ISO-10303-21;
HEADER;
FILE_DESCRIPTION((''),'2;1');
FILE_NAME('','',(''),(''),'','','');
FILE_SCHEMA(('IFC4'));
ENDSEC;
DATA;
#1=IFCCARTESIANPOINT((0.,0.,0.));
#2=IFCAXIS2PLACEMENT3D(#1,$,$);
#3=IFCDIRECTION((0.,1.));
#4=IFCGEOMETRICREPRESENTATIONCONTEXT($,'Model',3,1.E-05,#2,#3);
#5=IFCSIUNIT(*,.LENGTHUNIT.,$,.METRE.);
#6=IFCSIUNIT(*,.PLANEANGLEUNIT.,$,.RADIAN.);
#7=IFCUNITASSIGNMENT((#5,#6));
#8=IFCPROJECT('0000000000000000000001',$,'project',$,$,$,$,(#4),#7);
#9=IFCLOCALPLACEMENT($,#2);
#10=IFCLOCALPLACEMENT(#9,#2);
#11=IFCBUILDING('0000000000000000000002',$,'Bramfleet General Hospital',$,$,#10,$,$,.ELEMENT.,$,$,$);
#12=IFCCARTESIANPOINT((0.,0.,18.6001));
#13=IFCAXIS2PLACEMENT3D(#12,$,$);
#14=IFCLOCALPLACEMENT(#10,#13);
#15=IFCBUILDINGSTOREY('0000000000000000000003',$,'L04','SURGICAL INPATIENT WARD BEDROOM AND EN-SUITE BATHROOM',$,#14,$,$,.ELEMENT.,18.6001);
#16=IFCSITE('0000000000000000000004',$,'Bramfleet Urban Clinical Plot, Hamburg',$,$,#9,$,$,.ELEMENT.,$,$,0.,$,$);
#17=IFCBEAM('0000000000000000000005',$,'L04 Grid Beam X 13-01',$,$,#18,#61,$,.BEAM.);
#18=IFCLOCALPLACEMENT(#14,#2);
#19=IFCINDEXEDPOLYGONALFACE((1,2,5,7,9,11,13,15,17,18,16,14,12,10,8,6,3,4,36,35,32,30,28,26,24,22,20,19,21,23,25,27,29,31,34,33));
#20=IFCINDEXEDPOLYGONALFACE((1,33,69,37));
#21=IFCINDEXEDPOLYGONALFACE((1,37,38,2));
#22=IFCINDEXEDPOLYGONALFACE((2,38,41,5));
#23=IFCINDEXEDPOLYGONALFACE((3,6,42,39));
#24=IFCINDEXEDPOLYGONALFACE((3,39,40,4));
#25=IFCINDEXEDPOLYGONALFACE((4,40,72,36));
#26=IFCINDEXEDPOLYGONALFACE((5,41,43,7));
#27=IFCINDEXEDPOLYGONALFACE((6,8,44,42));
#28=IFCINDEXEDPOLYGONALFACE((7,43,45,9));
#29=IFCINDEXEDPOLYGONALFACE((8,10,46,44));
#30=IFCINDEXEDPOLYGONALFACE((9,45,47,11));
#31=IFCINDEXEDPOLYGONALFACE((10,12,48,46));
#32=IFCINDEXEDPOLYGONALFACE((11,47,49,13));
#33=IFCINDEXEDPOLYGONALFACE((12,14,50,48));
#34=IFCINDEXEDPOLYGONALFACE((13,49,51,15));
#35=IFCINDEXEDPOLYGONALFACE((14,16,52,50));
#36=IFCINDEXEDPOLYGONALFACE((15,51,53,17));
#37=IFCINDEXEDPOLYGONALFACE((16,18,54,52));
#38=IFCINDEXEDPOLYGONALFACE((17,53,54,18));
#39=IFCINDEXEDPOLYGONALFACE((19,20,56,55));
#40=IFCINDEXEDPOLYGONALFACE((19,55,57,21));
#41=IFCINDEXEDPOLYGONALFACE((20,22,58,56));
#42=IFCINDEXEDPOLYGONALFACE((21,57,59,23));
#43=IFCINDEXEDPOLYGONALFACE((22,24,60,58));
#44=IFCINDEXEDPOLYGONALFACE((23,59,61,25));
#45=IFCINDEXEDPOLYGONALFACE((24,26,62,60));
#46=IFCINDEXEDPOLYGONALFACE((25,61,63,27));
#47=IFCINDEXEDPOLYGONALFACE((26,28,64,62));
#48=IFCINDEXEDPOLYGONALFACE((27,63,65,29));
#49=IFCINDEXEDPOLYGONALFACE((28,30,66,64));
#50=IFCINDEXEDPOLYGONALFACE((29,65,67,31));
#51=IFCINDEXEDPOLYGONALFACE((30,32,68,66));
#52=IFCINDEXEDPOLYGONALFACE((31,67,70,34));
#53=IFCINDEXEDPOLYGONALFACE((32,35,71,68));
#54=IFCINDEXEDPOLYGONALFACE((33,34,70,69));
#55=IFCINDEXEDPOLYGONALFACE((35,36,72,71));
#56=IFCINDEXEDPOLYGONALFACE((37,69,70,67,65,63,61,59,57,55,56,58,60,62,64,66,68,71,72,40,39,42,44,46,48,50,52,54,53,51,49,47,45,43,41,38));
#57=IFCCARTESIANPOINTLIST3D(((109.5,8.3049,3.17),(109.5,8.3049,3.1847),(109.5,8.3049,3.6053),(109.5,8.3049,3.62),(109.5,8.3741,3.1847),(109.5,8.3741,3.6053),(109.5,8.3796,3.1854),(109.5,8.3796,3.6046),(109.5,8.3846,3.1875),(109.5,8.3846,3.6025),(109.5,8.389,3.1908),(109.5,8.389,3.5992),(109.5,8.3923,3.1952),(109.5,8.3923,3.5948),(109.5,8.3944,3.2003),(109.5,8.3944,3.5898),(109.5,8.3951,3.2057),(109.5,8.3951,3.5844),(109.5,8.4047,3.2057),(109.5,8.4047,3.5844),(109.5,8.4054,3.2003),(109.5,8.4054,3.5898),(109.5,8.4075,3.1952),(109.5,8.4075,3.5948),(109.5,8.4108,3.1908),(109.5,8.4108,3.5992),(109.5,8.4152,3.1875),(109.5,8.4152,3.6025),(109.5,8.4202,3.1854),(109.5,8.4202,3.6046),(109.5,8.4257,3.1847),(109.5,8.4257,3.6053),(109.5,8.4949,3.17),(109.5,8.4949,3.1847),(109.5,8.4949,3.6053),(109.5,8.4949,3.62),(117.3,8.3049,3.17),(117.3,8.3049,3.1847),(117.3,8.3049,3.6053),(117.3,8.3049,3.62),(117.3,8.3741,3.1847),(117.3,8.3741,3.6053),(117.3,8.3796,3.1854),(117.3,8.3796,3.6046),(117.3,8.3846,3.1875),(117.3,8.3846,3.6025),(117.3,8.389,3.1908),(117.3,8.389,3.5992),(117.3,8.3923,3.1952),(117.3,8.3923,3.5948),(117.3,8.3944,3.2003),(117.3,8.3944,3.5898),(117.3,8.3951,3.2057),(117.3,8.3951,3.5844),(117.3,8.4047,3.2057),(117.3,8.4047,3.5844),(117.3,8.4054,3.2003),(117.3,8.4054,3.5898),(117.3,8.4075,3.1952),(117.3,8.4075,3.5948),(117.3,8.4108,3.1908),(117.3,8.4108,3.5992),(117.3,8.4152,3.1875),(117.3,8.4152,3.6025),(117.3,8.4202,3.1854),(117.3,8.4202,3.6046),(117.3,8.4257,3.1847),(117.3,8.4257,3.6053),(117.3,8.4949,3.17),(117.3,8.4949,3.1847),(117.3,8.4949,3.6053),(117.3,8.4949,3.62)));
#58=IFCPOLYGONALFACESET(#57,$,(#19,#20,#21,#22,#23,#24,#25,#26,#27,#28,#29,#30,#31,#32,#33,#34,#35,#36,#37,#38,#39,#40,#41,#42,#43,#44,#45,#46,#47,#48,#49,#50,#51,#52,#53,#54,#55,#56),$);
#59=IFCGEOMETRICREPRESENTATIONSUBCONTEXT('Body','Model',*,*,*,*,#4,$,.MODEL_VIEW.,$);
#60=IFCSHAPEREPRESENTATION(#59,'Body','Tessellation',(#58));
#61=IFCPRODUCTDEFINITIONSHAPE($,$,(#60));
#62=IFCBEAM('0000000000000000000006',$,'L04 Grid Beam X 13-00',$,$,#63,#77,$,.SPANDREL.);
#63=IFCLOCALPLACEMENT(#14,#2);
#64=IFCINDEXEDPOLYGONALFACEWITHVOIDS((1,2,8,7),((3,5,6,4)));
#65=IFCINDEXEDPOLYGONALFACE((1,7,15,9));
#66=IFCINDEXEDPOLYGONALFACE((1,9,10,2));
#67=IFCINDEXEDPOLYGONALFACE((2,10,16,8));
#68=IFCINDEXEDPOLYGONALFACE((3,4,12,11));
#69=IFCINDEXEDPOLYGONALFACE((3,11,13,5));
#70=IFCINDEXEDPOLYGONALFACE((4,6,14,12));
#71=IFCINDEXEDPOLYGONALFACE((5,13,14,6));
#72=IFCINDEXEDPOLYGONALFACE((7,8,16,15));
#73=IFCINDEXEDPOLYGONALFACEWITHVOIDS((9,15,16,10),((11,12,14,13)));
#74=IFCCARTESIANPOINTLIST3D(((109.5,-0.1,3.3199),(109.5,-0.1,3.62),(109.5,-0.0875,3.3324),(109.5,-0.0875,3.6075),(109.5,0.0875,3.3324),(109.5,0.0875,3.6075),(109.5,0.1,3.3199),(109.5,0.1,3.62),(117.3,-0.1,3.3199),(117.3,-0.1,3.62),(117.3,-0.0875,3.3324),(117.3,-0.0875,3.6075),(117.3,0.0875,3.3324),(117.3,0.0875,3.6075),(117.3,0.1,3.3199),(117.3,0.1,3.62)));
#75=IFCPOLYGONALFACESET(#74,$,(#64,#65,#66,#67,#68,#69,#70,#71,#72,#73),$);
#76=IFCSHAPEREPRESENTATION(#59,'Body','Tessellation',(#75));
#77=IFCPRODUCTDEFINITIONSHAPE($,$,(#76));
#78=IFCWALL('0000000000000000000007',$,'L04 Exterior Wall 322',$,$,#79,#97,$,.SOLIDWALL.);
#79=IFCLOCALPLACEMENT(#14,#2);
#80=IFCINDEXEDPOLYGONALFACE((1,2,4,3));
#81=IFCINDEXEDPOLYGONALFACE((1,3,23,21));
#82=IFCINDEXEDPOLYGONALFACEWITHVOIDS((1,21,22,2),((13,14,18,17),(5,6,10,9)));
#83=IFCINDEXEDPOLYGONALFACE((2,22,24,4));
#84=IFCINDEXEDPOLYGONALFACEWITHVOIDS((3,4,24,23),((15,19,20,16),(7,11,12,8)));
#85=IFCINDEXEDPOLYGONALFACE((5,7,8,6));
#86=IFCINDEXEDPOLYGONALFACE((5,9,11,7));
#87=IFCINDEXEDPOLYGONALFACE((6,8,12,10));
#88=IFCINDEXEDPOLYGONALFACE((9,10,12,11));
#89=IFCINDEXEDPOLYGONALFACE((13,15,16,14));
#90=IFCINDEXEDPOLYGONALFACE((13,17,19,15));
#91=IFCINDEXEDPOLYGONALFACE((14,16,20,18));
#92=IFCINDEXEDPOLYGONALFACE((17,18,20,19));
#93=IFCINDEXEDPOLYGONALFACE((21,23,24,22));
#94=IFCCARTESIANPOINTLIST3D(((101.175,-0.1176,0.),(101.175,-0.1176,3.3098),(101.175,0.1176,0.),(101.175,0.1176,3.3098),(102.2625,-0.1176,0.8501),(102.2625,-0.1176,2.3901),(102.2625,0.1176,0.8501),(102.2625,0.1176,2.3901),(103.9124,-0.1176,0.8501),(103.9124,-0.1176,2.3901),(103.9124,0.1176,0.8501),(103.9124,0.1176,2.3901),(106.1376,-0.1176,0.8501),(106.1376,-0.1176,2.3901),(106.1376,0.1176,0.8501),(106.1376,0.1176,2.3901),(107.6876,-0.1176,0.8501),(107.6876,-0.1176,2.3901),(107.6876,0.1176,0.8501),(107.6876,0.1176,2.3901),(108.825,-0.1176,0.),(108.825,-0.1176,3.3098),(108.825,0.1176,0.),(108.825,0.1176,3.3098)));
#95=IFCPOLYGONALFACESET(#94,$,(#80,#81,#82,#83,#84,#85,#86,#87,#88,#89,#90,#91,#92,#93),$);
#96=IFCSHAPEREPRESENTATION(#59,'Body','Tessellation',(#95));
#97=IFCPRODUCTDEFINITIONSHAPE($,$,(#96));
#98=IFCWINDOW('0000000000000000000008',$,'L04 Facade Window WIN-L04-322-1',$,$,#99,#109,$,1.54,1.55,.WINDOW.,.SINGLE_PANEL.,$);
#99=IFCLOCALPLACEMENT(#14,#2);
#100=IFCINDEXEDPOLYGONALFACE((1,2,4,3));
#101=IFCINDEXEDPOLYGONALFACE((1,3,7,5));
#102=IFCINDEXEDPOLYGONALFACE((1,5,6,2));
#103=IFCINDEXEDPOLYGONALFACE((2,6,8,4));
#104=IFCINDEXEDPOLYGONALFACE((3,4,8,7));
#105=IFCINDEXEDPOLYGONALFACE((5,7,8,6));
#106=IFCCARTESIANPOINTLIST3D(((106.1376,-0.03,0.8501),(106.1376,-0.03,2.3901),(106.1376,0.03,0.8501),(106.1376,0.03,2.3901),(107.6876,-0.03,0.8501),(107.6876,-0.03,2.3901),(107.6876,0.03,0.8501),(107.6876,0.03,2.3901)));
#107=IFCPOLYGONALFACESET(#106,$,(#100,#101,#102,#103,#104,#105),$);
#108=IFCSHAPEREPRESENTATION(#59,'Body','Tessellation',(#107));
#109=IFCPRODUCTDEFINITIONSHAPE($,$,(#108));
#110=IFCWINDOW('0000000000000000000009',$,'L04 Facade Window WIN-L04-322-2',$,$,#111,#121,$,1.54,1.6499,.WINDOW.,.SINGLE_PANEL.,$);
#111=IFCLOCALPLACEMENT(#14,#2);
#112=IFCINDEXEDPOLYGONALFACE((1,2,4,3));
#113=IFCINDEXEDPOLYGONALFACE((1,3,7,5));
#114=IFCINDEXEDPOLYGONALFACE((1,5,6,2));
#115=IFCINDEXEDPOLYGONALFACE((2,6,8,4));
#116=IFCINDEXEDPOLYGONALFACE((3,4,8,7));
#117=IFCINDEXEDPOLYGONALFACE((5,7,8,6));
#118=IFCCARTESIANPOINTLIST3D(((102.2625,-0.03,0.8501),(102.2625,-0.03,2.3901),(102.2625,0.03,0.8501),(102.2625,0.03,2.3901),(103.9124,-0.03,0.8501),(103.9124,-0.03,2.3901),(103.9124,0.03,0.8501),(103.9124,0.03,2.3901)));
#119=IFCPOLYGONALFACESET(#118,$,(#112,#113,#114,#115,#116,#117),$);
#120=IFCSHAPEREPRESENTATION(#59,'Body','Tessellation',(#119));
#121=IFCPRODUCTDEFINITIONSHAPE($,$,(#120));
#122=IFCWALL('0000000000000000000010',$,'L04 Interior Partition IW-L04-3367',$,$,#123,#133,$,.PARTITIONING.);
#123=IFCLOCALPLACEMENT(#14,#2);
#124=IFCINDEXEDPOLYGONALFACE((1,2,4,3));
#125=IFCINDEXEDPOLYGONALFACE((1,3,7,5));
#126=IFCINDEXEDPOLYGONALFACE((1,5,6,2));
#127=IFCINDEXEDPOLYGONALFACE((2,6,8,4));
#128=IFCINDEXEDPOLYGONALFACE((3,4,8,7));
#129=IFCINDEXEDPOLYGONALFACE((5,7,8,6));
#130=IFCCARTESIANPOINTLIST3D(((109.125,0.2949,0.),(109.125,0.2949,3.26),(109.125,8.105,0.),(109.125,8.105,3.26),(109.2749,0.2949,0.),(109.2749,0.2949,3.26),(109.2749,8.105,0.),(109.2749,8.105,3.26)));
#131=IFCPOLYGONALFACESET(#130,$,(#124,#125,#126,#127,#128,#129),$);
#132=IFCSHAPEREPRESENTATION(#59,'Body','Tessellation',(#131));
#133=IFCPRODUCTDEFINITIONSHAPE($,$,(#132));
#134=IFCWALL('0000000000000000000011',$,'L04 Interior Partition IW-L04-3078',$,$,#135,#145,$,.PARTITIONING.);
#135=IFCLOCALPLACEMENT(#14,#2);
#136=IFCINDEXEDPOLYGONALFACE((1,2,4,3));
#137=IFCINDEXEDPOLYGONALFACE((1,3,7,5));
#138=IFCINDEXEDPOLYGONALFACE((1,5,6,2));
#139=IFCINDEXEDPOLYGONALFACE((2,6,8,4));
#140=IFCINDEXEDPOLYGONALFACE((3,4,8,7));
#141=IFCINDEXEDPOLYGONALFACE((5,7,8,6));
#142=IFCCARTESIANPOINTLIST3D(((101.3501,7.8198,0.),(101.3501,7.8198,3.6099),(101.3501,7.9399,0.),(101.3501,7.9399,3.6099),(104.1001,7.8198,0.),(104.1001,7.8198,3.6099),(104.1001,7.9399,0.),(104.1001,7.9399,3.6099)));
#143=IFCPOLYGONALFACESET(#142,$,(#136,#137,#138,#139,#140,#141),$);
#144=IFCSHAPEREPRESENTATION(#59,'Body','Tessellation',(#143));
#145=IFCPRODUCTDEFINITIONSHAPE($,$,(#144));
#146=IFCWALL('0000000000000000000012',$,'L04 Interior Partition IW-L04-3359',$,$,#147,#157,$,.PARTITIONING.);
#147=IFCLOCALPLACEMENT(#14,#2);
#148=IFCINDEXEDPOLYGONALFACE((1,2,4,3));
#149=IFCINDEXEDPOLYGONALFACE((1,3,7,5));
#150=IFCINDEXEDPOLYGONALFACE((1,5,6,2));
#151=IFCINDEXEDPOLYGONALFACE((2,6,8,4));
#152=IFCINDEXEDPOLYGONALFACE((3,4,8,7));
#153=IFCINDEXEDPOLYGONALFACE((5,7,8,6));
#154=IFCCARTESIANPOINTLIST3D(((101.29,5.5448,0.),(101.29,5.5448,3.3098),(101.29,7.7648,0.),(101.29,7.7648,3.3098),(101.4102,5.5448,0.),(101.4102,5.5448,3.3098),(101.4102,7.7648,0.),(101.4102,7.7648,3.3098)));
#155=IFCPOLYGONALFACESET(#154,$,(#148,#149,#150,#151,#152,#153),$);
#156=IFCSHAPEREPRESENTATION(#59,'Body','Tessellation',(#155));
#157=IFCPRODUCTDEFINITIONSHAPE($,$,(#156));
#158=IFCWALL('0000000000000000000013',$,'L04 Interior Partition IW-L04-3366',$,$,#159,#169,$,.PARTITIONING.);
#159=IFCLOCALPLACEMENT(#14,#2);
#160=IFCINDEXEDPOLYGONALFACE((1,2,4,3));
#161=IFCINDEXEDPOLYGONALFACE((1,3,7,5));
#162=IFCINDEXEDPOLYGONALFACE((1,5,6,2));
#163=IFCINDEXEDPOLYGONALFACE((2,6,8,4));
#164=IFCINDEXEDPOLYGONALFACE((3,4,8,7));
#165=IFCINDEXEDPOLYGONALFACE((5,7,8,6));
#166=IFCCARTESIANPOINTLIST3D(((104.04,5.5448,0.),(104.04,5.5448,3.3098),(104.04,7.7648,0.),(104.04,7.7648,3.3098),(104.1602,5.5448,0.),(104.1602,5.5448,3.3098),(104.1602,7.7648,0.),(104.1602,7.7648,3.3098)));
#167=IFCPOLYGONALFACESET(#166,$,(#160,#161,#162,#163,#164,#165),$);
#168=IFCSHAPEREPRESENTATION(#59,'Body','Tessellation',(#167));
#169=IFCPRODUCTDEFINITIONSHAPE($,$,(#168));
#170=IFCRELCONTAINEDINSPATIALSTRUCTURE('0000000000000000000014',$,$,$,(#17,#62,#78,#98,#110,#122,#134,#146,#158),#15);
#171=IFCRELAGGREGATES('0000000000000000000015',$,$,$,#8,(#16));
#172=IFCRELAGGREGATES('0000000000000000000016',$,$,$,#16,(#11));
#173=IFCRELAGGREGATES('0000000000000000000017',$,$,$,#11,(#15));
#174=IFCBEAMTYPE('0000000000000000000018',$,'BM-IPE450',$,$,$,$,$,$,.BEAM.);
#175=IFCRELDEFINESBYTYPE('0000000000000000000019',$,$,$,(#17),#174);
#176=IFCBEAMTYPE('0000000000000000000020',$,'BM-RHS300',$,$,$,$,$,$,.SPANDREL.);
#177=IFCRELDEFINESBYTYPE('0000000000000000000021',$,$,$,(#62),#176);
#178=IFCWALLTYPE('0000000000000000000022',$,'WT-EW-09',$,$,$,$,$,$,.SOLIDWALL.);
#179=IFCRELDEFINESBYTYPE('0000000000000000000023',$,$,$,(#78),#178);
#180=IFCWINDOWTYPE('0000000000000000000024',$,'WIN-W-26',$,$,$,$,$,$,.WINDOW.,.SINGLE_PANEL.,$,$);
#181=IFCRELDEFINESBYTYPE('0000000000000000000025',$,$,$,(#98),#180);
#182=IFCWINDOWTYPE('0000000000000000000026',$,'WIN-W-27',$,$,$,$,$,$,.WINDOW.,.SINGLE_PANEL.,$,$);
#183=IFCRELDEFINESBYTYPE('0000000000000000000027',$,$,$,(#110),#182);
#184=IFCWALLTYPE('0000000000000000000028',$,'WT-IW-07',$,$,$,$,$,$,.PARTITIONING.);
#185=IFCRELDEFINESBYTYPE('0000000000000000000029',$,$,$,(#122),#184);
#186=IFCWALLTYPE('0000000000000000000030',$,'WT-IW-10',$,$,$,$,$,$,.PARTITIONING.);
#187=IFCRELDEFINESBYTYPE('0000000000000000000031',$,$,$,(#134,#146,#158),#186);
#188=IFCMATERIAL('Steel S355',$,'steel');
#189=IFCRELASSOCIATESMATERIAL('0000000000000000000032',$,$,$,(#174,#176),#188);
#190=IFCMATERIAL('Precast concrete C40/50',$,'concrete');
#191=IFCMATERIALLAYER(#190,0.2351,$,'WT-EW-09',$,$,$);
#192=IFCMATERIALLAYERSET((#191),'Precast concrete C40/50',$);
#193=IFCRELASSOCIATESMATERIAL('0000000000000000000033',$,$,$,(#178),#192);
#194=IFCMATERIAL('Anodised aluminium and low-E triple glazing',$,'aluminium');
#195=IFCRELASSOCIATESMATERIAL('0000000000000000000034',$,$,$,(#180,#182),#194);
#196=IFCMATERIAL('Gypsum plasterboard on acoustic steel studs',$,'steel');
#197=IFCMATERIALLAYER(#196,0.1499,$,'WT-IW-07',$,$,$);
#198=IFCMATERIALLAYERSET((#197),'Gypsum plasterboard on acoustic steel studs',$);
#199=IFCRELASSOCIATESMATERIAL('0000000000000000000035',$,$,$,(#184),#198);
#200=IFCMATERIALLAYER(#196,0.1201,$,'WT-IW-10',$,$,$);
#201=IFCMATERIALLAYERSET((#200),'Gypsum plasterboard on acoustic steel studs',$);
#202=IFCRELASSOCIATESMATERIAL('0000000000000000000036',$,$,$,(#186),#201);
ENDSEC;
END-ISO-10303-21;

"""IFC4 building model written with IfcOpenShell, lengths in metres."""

from ifc_helpers import new_model, si_unit, direction, frame, frame_2d, origin, origin_2d, place, context, subcontext, project, spatial, rectangle, hollow_rectangle, i_section, extrude, material, layer, layer_set, material_profile, profile_set, type_object, element, fill, save


model = new_model("IFC4")

# Units and contexts
model_context = context("Model", 3, precision=1e-05, world=origin(), true_north=direction((0.0, 1.0)))
body_context = subcontext(model_context, "Body", "Model", "MODEL_VIEW")
ifc_project = project(units=[si_unit("LENGTHUNIT", "METRE"), si_unit("PLANEANGLEUNIT", "RADIAN")], contexts=[model_context])

# Site, building, storey
site_placement = place(None, origin())
site = spatial("IfcSite", under=ifc_project, at=site_placement, Name="Bramfleet Urban Clinical Plot, Hamburg", CompositionType="ELEMENT", RefElevation=0.0)
building_placement = place(site_placement, origin())
building = spatial("IfcBuilding", under=site, at=building_placement, Name="Bramfleet General Hospital", CompositionType="ELEMENT")
storey_placement = place(building_placement, frame((0.0, 0.0, 18.6001)))
storey = spatial("IfcBuildingStorey", under=building, at=storey_placement, Name="L04", Description="SURGICAL INPATIENT WARD BEDROOM AND EN-SUITE BATHROOM", CompositionType="ELEMENT", Elevation=18.6001)

# Beams
ifc_material_1 = material(Name="Steel S355", Category="steel")
ifc_material_profile_1 = material_profile(ifc_material_1, i_section(OverallWidth=0.1899, OverallDepth=0.45, WebThickness=0.0095, FlangeThickness=0.0146, FilletRadius=0.021, at=origin_2d()), Name="IPE 450")
ifc_profile_set_1 = profile_set([ifc_material_profile_1], Name="Steel S355")
beam_type_1 = type_object("IfcBeamType", Name="BM-IPE450", PredefinedType="BEAM", material=ifc_profile_set_1)
beam_1_placement = place(storey_placement, frame((109.5, 8.3999, 3.395), z_axis=(1.0, 0.0, 0.0), x_axis=(0.0, 1.0, 0.0)))
element("IfcBeam", 1, at=beam_1_placement, inside=storey, type_object=beam_type_1, Name="L04 Grid Beam X 13-01", PredefinedType="BEAM", context=body_context, shape_type="SweptSolid", body=[
    extrude(i_section(OverallWidth=0.1899, OverallDepth=0.45, WebThickness=0.0095, FlangeThickness=0.0146, FilletRadius=0.021, at=origin_2d()), origin(), (0.0, 0.0, 1.0), 7.8),
])
ifc_material_profile_2 = material_profile(ifc_material_1, hollow_rectangle(XDim=0.2, YDim=0.3, WallThickness=0.0125, at=origin_2d()), Name="RHS 300x200x12.5")
ifc_profile_set_2 = profile_set([ifc_material_profile_2], Name="Steel S355")
beam_type_2 = type_object("IfcBeamType", Name="BM-RHS300", PredefinedType="SPANDREL", material=ifc_profile_set_2)
beam_2_placement = place(storey_placement, frame((109.5, 0.0, 3.47), z_axis=(1.0, 0.0, 0.0), x_axis=(0.0, 1.0, 0.0)))
element("IfcBeam", 2, at=beam_2_placement, inside=storey, type_object=beam_type_2, Name="L04 Grid Beam X 13-00", PredefinedType="SPANDREL", context=body_context, shape_type="SweptSolid", body=[
    extrude(hollow_rectangle(XDim=0.2, YDim=0.3, WallThickness=0.0125, at=origin_2d()), origin(), (0.0, 0.0, 1.0), 7.8),
])

# Wall, openings, windows
ifc_material_2 = material(Name="Precast concrete C40/50", Category="concrete")
ifc_layer_1 = layer(ifc_material_2, 0.2351, Name="WT-EW-09")
ifc_layer_set_1 = layer_set([ifc_layer_1], Name="Precast concrete C40/50")
wall_type_1 = type_object("IfcWallType", Name="WT-EW-09", PredefinedType="SOLIDWALL", material=ifc_layer_set_1)
wall_1_placement = place(storey_placement, frame((108.825, 0.0, 0.0), z_axis=(0.0, 0.0, 1.0), x_axis=(-1.0, 0.0, 0.0)))
wall_1 = element("IfcWall", 3, at=wall_1_placement, inside=storey, type_object=wall_type_1, Name="L04 Exterior Wall 322", PredefinedType="SOLIDWALL", context=body_context, shape_type="SweptSolid", body=[
    extrude(rectangle(XDim=7.6499, YDim=0.2351, at=frame_2d((3.825, 0.0))), origin(), (0.0, 0.0, 1.0), 3.3098),
])
opening_1_placement = place(wall_1_placement, frame((1.1375, 0.0, 0.8501)))
opening_1 = element("IfcOpeningElement", 4, at=opening_1_placement, cuts=wall_1, PredefinedType="OPENING", context=body_context, shape_type="SweptSolid", body=[
    extrude(rectangle(XDim=1.55, YDim=1.54, at=frame_2d((0.7749, 0.77))), frame((0.0, 0.1274, 0.0), z_axis=(0.0, -1.0, 0.0), x_axis=(1.0, 0.0, 0.0)), (0.0, 0.0, 1.0), 0.2551),
])
opening_2_placement = place(wall_1_placement, frame((4.9126, 0.0, 0.8501)))
opening_2 = element("IfcOpeningElement", 5, at=opening_2_placement, cuts=wall_1, PredefinedType="OPENING", context=body_context, shape_type="SweptSolid", body=[
    extrude(rectangle(XDim=1.6499, YDim=1.54, at=frame_2d((0.825, 0.77))), frame((0.0, 0.1274, 0.0), z_axis=(0.0, -1.0, 0.0), x_axis=(1.0, 0.0, 0.0)), (0.0, 0.0, 1.0), 0.2551),
])
ifc_material_3 = material(Name="Anodised aluminium and low-E triple glazing", Category="aluminium")
window_type_1 = type_object("IfcWindowType", Name="WIN-W-26", PartitioningType="SINGLE_PANEL", PredefinedType="WINDOW", material=ifc_material_3)
window_1_placement = place(opening_1_placement, origin())
window_1 = element("IfcWindow", 6, at=window_1_placement, inside=storey, type_object=window_type_1, Name="L04 Facade Window WIN-L04-322-1", OverallHeight=1.54, OverallWidth=1.55, PartitioningType="SINGLE_PANEL", PredefinedType="WINDOW", context=body_context, shape_type="SweptSolid", body=[
    extrude(rectangle(XDim=1.55, YDim=1.54, at=frame_2d((0.7749, 0.77))), frame((0.0, 0.03, 0.0), z_axis=(0.0, -1.0, 0.0), x_axis=(1.0, 0.0, 0.0)), (0.0, 0.0, 1.0), 0.0601),
])
fill(opening_1, window_1)
window_type_2 = type_object("IfcWindowType", Name="WIN-W-27", PartitioningType="SINGLE_PANEL", PredefinedType="WINDOW", material=ifc_material_3)
window_2_placement = place(opening_2_placement, origin())
window_2 = element("IfcWindow", 7, at=window_2_placement, inside=storey, type_object=window_type_2, Name="L04 Facade Window WIN-L04-322-2", OverallHeight=1.54, OverallWidth=1.6499, PartitioningType="SINGLE_PANEL", PredefinedType="WINDOW", context=body_context, shape_type="SweptSolid", body=[
    extrude(rectangle(XDim=1.6499, YDim=1.54, at=frame_2d((0.825, 0.77))), frame((0.0, 0.03, 0.0), z_axis=(0.0, -1.0, 0.0), x_axis=(1.0, 0.0, 0.0)), (0.0, 0.0, 1.0), 0.0601),
])
fill(opening_2, window_2)

# Walls
ifc_material_4 = material(Name="Gypsum plasterboard on acoustic steel studs", Category="steel")
ifc_layer_2 = layer(ifc_material_4, 0.1499, Name="WT-IW-07")
ifc_layer_set_2 = layer_set([ifc_layer_2], Name="Gypsum plasterboard on acoustic steel studs")
wall_type_2 = type_object("IfcWallType", Name="WT-IW-07", PredefinedType="PARTITIONING", material=ifc_layer_set_2)
wall_2_placement = place(storey_placement, frame((109.2, 0.2949, 0.0), z_axis=(0.0, 0.0, 1.0), x_axis=(0.0, 1.0, 0.0)))
element("IfcWall", 8, at=wall_2_placement, inside=storey, type_object=wall_type_2, Name="L04 Interior Partition IW-L04-3367", PredefinedType="PARTITIONING", context=body_context, shape_type="SweptSolid", body=[
    extrude(rectangle(XDim=7.8101, YDim=0.1499, at=frame_2d((3.905, 0.0))), origin(), (0.0, 0.0, 1.0), 3.26),
])
ifc_layer_3 = layer(ifc_material_4, 0.1201, Name="WT-IW-10")
ifc_layer_set_3 = layer_set([ifc_layer_3], Name="Gypsum plasterboard on acoustic steel studs")
wall_type_3 = type_object("IfcWallType", Name="WT-IW-10", PredefinedType="PARTITIONING", material=ifc_layer_set_3)
wall_3_placement = place(storey_placement, frame((101.3501, 7.8799, 0.0), z_axis=(0.0, 0.0, 1.0), x_axis=(1.0, 0.0, 0.0)))
element("IfcWall", 9, at=wall_3_placement, inside=storey, type_object=wall_type_3, Name="L04 Interior Partition IW-L04-3078", PredefinedType="PARTITIONING", context=body_context, shape_type="SweptSolid", body=[
    extrude(rectangle(XDim=2.75, YDim=0.1201, at=frame_2d((1.375, 0.0))), origin(), (0.0, 0.0, 1.0), 3.6099),
])
for number, where, z_axis, x_axis, name in (
    (10, (101.3501, 5.5449, 0.0), (0.0, 0.0, 1.0), (0.0, 1.0, 0.0), "L04 Interior Partition IW-L04-3359"),
    (11, (104.1001, 5.5449, 0.0), (0.0, 0.0, 1.0), (0.0, 1.0, 0.0), "L04 Interior Partition IW-L04-3366"),
):
    element("IfcWall", number, at=place(storey_placement, frame(where, z_axis=z_axis, x_axis=x_axis)), inside=storey, type_object=wall_type_3, Name=name, PredefinedType="PARTITIONING", context=body_context, shape_type="SweptSolid", body=[
        extrude(rectangle(XDim=2.22, YDim=0.1201, at=frame_2d((1.1099, 0.0))), origin(), (0.0, 0.0, 1.0), 3.3098),
    ])

save(model, "model.ifc")
